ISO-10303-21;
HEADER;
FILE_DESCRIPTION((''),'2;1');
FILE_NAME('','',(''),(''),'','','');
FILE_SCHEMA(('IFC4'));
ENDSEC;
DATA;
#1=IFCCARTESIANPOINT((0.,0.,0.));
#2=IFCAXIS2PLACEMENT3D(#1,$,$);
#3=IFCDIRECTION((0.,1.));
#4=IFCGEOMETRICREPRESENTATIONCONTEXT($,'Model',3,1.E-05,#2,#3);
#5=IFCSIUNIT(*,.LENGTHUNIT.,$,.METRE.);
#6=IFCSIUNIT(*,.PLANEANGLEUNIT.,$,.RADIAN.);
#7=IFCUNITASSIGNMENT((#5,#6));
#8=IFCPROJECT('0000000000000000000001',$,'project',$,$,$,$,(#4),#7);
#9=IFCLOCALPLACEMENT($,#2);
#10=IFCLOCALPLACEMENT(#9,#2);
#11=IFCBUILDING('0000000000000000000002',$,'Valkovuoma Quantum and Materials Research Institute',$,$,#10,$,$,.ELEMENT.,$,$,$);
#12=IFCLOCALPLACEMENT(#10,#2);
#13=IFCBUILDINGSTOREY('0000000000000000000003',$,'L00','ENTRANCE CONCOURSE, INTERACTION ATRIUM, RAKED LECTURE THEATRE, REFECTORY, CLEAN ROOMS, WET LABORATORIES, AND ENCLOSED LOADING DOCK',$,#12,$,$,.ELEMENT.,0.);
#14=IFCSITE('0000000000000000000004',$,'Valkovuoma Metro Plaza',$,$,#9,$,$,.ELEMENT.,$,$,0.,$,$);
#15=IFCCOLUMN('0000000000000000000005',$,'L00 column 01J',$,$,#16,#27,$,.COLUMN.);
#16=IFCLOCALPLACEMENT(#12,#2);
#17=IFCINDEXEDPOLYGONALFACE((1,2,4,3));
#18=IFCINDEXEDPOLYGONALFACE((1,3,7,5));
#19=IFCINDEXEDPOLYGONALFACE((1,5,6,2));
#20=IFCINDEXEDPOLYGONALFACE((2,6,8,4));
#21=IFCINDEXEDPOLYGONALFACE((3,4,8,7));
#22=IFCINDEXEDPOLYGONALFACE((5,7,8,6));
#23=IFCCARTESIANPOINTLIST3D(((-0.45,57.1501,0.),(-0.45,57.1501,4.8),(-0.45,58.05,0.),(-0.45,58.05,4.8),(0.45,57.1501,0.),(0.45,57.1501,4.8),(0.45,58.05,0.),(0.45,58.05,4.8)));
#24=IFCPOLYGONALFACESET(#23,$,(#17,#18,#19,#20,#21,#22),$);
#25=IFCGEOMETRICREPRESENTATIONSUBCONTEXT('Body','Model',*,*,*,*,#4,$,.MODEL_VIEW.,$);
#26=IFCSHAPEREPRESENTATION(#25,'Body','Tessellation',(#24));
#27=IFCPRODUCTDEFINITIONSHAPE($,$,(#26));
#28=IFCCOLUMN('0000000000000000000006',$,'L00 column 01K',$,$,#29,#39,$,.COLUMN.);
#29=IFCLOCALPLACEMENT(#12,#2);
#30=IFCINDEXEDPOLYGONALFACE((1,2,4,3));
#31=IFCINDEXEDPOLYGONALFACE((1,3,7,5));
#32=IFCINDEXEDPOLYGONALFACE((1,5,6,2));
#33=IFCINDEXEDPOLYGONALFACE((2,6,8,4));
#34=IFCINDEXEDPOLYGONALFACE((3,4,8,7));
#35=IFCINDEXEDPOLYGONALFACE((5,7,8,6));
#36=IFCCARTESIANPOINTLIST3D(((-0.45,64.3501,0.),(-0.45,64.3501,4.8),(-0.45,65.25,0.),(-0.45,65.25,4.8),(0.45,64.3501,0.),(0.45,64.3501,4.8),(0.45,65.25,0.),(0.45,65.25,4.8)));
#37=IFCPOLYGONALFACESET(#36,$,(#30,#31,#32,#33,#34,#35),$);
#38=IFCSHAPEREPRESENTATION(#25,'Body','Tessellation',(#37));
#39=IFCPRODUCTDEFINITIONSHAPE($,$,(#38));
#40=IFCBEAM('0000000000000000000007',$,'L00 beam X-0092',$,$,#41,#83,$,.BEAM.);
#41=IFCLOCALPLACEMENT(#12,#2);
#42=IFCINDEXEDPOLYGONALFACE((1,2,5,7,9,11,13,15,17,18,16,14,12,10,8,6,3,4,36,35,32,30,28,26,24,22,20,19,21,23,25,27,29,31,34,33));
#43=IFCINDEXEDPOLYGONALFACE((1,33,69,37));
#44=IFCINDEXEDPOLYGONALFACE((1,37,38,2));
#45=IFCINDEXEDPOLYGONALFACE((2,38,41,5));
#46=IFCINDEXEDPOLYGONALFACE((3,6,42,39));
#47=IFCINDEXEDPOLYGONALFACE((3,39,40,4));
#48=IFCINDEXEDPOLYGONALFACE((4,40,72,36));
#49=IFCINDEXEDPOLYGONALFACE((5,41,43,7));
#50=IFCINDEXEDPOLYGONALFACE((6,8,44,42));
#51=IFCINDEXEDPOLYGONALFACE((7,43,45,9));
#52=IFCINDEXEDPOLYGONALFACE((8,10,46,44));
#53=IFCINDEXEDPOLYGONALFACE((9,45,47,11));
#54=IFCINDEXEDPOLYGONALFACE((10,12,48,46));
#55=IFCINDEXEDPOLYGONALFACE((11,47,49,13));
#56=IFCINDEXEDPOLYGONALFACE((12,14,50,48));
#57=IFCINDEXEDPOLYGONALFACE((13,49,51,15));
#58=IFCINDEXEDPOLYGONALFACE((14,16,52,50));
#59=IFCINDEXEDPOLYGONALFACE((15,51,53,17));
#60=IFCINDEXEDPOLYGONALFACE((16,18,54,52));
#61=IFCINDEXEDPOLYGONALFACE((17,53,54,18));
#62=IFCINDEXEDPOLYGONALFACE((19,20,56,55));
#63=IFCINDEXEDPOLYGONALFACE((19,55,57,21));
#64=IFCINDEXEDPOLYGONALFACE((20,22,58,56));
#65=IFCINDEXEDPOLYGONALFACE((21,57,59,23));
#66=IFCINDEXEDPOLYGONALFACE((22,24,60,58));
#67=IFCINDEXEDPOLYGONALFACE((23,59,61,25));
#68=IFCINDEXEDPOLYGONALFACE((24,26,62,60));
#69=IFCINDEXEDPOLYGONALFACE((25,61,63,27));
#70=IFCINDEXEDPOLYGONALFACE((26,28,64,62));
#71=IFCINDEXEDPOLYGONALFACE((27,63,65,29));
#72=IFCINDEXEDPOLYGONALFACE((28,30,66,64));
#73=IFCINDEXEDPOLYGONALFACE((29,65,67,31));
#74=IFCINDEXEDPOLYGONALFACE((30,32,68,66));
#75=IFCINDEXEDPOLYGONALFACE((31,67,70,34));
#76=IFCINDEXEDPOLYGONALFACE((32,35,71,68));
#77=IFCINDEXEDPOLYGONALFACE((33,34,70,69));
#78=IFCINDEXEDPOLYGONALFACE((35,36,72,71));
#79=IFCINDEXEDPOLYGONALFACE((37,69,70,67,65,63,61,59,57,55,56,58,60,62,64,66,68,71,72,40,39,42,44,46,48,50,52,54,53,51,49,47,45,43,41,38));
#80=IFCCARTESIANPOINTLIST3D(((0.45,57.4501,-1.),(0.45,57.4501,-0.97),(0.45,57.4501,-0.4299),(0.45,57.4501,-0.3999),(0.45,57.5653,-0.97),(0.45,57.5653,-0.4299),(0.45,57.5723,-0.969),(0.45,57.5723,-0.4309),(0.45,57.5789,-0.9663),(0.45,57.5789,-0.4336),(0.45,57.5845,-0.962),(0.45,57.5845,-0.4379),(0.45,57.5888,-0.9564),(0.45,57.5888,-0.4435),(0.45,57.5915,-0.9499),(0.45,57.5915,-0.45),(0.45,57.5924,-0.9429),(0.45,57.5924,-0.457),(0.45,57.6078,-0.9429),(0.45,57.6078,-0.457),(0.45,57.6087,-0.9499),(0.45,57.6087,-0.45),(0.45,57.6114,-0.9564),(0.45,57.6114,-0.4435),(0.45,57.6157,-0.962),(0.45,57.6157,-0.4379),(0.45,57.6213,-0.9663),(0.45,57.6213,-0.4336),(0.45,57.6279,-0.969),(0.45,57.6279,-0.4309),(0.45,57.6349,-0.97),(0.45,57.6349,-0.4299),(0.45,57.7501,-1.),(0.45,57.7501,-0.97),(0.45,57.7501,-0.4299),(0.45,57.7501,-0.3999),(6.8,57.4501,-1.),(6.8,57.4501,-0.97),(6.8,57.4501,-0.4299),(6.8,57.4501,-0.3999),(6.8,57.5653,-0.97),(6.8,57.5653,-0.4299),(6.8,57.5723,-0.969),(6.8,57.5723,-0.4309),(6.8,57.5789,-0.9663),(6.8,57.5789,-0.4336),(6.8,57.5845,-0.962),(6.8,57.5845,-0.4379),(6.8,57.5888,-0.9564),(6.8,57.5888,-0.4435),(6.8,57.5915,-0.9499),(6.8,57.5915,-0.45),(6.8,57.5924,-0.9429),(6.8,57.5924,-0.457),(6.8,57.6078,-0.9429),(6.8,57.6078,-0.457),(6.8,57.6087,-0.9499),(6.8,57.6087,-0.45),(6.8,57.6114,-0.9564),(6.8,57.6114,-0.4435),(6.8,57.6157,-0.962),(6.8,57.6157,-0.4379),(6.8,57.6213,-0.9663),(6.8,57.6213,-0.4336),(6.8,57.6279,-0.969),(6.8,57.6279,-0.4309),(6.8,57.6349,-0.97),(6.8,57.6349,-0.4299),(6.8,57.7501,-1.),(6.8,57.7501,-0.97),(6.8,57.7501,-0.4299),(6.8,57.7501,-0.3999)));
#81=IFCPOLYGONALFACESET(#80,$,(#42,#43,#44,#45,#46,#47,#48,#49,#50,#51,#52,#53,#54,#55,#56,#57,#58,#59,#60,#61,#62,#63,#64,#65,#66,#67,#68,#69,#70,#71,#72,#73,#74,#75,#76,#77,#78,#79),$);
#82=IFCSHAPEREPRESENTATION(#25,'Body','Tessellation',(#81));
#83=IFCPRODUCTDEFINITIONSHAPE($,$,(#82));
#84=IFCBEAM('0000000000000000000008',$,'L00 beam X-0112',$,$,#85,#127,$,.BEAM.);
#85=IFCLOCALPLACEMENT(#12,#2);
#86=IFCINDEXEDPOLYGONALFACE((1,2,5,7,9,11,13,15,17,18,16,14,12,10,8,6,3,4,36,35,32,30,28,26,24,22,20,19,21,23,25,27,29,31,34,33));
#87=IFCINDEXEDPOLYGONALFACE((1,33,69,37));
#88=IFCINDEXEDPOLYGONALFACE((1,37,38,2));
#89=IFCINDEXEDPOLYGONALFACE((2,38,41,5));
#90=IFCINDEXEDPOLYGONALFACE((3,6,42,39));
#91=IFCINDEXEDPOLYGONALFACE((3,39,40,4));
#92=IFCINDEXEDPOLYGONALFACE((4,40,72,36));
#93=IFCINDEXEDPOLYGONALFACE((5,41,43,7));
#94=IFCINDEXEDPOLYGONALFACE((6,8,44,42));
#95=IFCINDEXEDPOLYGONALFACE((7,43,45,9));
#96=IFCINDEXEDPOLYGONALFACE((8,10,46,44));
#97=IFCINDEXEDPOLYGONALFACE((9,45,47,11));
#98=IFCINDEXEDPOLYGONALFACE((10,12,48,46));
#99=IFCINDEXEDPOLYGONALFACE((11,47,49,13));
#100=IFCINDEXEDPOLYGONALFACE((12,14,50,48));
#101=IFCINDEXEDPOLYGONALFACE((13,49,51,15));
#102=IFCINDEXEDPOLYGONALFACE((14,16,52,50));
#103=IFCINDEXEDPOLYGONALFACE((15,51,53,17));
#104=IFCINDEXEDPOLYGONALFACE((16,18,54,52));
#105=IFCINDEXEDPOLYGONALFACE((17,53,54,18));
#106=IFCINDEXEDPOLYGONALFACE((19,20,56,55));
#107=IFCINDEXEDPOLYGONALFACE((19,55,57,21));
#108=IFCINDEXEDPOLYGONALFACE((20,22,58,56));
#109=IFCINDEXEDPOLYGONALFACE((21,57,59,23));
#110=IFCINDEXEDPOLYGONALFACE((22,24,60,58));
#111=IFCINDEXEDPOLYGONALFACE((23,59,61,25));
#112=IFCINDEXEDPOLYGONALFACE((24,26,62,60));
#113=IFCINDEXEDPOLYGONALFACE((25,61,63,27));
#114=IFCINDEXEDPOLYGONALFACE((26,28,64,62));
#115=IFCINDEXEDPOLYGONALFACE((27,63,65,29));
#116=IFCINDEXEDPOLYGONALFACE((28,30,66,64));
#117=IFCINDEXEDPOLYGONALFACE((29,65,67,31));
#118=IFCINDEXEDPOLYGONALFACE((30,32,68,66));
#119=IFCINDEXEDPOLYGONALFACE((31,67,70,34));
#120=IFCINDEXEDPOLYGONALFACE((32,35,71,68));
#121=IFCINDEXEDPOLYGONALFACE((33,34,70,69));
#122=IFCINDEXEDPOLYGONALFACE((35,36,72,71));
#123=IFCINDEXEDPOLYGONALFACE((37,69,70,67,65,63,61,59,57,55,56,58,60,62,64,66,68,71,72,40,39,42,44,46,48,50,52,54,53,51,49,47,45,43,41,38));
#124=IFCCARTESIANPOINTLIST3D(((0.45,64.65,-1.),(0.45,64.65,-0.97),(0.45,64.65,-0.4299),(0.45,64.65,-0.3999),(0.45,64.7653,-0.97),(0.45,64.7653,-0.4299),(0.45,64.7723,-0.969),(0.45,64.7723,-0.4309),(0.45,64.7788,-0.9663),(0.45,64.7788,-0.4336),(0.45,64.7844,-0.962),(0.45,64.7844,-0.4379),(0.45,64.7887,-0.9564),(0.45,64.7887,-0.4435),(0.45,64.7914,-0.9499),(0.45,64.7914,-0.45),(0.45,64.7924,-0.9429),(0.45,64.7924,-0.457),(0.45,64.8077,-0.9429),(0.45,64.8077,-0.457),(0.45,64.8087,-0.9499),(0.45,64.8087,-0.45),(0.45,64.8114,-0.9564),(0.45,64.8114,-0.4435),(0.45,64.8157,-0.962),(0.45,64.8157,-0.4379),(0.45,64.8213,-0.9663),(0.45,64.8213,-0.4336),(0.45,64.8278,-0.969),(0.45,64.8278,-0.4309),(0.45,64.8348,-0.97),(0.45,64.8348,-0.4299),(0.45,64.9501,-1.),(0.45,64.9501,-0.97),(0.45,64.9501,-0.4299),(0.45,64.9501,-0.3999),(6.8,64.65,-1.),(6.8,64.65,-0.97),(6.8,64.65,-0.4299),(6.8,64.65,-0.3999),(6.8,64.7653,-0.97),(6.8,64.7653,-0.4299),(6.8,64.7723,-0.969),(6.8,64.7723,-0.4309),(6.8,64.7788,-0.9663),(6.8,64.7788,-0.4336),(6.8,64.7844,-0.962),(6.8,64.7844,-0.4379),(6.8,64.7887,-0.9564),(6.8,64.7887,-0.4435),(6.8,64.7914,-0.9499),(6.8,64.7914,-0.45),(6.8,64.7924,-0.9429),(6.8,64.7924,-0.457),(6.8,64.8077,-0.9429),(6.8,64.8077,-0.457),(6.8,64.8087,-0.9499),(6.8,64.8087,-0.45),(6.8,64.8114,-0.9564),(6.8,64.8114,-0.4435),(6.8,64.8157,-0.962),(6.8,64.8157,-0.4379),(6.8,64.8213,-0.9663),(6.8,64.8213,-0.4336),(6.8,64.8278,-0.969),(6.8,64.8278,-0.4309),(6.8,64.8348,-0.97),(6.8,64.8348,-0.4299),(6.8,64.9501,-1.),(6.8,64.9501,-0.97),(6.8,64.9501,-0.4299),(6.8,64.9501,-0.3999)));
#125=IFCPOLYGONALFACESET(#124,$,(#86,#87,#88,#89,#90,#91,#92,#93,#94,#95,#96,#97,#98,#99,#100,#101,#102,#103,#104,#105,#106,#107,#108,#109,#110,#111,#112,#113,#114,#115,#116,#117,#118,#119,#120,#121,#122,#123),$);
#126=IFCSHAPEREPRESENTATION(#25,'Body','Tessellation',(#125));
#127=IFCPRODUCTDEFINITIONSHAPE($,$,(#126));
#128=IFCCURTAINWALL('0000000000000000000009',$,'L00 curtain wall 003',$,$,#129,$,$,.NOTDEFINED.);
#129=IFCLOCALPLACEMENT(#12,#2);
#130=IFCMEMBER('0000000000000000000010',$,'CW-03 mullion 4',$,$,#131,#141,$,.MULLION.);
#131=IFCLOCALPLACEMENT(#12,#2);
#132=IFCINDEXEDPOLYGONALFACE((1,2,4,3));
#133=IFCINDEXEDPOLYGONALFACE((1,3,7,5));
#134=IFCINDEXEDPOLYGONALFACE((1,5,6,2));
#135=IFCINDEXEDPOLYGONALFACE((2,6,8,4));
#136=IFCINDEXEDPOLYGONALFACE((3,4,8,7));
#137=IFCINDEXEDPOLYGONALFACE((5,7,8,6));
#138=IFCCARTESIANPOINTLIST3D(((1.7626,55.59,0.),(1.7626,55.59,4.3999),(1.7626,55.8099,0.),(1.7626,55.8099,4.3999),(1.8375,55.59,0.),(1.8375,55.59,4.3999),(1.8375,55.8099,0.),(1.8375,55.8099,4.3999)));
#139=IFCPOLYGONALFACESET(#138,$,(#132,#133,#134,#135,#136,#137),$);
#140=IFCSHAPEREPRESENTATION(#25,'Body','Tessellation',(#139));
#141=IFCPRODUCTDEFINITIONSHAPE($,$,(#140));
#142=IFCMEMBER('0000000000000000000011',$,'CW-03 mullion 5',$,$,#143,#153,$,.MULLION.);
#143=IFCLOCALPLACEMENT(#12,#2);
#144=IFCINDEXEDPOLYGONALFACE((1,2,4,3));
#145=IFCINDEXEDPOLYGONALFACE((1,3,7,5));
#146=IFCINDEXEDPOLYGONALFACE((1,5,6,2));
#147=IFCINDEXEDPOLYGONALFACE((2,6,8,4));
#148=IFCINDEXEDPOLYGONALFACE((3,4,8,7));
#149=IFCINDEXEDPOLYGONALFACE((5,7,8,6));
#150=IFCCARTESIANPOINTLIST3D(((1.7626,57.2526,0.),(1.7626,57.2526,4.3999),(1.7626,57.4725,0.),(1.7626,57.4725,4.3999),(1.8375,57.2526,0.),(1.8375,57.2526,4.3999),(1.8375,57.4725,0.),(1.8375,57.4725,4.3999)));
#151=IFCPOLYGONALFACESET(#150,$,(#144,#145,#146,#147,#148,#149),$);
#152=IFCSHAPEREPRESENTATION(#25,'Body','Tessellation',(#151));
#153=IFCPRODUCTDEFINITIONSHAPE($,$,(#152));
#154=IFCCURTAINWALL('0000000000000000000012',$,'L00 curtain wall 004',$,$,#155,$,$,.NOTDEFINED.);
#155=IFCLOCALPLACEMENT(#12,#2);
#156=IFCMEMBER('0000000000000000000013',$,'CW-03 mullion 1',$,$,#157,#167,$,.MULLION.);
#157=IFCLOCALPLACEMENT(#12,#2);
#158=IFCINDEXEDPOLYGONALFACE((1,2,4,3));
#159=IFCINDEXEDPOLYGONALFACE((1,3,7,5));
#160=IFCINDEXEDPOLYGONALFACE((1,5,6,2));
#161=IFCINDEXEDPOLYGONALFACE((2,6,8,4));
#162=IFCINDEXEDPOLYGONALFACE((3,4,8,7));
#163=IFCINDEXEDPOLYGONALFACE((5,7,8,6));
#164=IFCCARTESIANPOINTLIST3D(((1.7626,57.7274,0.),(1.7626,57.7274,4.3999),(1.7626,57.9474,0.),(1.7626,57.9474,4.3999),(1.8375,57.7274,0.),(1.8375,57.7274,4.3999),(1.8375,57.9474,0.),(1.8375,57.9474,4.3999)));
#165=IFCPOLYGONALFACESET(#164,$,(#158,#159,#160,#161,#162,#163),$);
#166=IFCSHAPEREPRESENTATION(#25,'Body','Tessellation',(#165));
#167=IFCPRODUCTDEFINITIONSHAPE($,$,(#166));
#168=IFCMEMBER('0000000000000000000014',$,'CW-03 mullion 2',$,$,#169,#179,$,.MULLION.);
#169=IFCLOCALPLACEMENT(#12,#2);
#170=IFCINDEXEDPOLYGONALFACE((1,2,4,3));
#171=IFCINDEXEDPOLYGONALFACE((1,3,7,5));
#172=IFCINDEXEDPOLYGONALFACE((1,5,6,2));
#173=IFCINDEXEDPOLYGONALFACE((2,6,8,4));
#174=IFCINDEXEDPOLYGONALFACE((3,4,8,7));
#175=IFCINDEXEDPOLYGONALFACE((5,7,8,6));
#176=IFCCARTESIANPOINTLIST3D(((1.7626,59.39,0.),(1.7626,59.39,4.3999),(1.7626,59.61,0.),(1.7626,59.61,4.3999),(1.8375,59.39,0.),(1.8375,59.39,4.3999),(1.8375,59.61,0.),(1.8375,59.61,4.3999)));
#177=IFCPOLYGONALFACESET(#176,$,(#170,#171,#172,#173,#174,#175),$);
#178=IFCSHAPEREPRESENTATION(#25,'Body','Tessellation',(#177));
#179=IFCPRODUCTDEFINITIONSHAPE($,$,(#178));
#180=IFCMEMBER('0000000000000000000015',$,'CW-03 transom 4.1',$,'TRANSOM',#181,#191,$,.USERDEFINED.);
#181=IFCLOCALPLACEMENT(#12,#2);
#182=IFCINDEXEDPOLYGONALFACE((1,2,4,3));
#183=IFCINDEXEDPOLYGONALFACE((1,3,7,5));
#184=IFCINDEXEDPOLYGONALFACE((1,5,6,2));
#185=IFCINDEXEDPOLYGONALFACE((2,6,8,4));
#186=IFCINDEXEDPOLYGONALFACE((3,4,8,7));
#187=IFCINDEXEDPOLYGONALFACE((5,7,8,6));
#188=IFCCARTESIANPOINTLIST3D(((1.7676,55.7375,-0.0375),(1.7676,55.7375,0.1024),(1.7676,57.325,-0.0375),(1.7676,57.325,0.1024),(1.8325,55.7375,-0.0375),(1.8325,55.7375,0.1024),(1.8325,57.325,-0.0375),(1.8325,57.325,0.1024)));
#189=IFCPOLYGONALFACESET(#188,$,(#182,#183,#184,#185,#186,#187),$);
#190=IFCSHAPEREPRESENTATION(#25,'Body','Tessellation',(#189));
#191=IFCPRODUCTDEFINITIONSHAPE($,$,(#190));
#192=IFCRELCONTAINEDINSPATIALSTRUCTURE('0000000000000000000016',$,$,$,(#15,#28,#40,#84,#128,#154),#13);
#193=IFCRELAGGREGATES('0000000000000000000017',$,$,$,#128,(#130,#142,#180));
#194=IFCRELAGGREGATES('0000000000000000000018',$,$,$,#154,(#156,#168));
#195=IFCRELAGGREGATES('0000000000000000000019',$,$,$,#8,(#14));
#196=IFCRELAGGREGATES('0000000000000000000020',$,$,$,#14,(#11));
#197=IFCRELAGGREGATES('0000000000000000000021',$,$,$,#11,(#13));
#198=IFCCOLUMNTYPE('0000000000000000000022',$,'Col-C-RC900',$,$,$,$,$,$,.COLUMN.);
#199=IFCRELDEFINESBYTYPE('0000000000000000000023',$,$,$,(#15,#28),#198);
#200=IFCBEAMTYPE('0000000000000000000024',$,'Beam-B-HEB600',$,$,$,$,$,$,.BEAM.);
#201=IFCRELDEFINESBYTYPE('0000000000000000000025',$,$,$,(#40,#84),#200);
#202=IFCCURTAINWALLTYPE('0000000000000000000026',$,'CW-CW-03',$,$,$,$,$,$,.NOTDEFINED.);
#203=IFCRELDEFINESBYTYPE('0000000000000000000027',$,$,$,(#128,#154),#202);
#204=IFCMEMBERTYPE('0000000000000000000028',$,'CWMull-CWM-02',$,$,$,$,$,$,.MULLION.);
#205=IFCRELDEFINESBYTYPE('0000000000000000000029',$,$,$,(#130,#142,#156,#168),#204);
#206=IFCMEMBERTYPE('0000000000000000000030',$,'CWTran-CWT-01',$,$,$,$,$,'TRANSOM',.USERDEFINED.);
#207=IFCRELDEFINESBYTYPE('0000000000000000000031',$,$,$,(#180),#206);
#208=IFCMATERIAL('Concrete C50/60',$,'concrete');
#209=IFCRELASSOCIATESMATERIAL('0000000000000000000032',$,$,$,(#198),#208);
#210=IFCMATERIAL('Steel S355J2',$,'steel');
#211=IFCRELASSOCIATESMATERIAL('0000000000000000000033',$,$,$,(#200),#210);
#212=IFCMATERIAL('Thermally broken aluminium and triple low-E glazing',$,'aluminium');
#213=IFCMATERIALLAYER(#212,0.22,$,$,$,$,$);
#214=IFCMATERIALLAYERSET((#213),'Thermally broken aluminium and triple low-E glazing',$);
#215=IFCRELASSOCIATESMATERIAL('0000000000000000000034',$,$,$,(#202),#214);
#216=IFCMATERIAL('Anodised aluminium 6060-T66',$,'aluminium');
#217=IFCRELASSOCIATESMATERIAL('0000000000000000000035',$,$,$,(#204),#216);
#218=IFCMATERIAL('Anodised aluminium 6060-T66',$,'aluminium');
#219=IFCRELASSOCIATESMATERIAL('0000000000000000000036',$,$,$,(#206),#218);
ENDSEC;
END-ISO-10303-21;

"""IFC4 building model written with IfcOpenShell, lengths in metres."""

from ifc_helpers import new_model, si_unit, direction, frame, origin, origin_2d, place, context, subcontext, project, spatial, rectangle, i_section, extrude, material, layer, layer_set, material_profile, profile_set, type_object, element, aggregate, save


model = new_model("IFC4")

# Units and contexts
model_context = context("Model", 3, precision=1e-05, world=origin(), true_north=direction((0.0, 1.0)))
body_context = subcontext(model_context, "Body", "Model", "MODEL_VIEW")
ifc_project = project(units=[si_unit("LENGTHUNIT", "METRE"), si_unit("PLANEANGLEUNIT", "RADIAN")], contexts=[model_context])

# Site, building, storey
site_placement = place(None, origin())
site = spatial("IfcSite", under=ifc_project, at=site_placement, Name="Valkovuoma Metro Plaza", CompositionType="ELEMENT", RefElevation=0.0)
building_placement = place(site_placement, origin())
building = spatial("IfcBuilding", under=site, at=building_placement, Name="Valkovuoma Quantum and Materials Research Institute", CompositionType="ELEMENT")
storey_placement = place(building_placement, origin())
storey = spatial("IfcBuildingStorey", under=building, at=storey_placement, Name="L00", Description="ENTRANCE CONCOURSE, INTERACTION ATRIUM, RAKED LECTURE THEATRE, REFECTORY, CLEAN ROOMS, WET LABORATORIES, AND ENCLOSED LOADING DOCK", CompositionType="ELEMENT", Elevation=0.0)

# Columns
ifc_material_1 = material(Name="Concrete C50/60", Category="concrete")
ifc_material_profile_1 = material_profile(ifc_material_1, rectangle(XDim=0.8999, YDim=0.8999, at=origin_2d()), Name="Concrete C50/60")
ifc_profile_set_1 = profile_set([ifc_material_profile_1], Name="Concrete C50/60")
column_type = type_object("IfcColumnType", Name="Col-C-RC900", PredefinedType="COLUMN", material=ifc_profile_set_1)
for number, where, z_axis, x_axis, name in (
    (1, (0.0, 57.6001, 0.0), (0.0, 0.0, 1.0), (1.0, 0.0, 0.0), "L00 column 01J"),
    (2, (0.0, 64.8, 0.0), (0.0, 0.0, 1.0), (1.0, 0.0, 0.0), "L00 column 01K"),
):
    element("IfcColumn", number, at=place(storey_placement, frame(where, z_axis=z_axis, x_axis=x_axis)), inside=storey, type_object=column_type, Name=name, PredefinedType="COLUMN", context=body_context, shape_type="SweptSolid", body=[
        extrude(rectangle(XDim=0.8999, YDim=0.8999, at=origin_2d()), origin(), (0.0, 0.0, 1.0), 4.8),
    ])

# Beams
ifc_material_2 = material(Name="Steel S355J2", Category="steel")
ifc_material_profile_2 = material_profile(ifc_material_2, i_section(OverallWidth=0.3, OverallDepth=0.6001, WebThickness=0.0154, FlangeThickness=0.03, FilletRadius=0.0271, at=origin_2d()), Name="Steel S355J2")
ifc_profile_set_2 = profile_set([ifc_material_profile_2], Name="Steel S355J2")
beam_type = type_object("IfcBeamType", Name="Beam-B-HEB600", PredefinedType="BEAM", material=ifc_profile_set_2)
for number, where, z_axis, x_axis, name in (
    (3, (0.45, 57.6001, -0.7), (1.0, 0.0, 0.0), (0.0, 1.0, 0.0), "L00 beam X-0092"),
    (4, (0.45, 64.8, -0.7), (1.0, 0.0, 0.0), (0.0, 1.0, 0.0), "L00 beam X-0112"),
):
    element("IfcBeam", number, at=place(storey_placement, frame(where, z_axis=z_axis, x_axis=x_axis)), inside=storey, type_object=beam_type, Name=name, PredefinedType="BEAM", context=body_context, shape_type="SweptSolid", body=[
        extrude(i_section(OverallWidth=0.3, OverallDepth=0.6001, WebThickness=0.0154, FlangeThickness=0.03, FilletRadius=0.0271, at=origin_2d()), origin(), (0.0, 0.0, 1.0), 6.3501),
    ])

# Curtain walls, members
ifc_material_3 = material(Name="Thermally broken aluminium and triple low-E glazing", Category="aluminium")
ifc_layer_1 = layer(ifc_material_3, 0.22)
ifc_layer_set_1 = layer_set([ifc_layer_1], Name="Thermally broken aluminium and triple low-E glazing")
curtain_wall_type = type_object("IfcCurtainWallType", Name="CW-CW-03", PredefinedType="NOTDEFINED", material=ifc_layer_set_1)
curtain_wall_1_placement = place(storey_placement, origin())
curtain_wall_1 = element("IfcCurtainWall", 5, at=curtain_wall_1_placement, inside=storey, type_object=curtain_wall_type, Name="L00 curtain wall 003", PredefinedType="NOTDEFINED")
ifc_material_4 = material(Name="Anodised aluminium 6060-T66", Category="aluminium")
ifc_material_profile_3 = material_profile(ifc_material_4, rectangle(XDim=0.075, YDim=0.22, at=origin_2d()), Name="Anodised aluminium 6060-T66")
ifc_profile_set_3 = profile_set([ifc_material_profile_3], Name="Anodised aluminium 6060-T66")
member_type_1 = type_object("IfcMemberType", Name="CWMull-CWM-02", PredefinedType="MULLION", material=ifc_profile_set_3)
member_1_placement = place(storey_placement, frame((1.8, 55.7, 0.0), z_axis=(0.0, 0.0, 1.0), x_axis=(-1.0, 0.0, 0.0)))
member_1 = element("IfcMember", 6, at=member_1_placement, type_object=member_type_1, Name="CW-03 mullion 4", PredefinedType="MULLION", context=body_context, shape_type="SweptSolid", body=[
    extrude(rectangle(XDim=0.075, YDim=0.22, at=origin_2d()), origin(), (0.0, 0.0, 1.0), 4.3999),
])
member_2_placement = place(storey_placement, frame((1.8, 57.3625, 0.0), z_axis=(0.0, 0.0, 1.0), x_axis=(-1.0, 0.0, 0.0)))
member_2 = element("IfcMember", 7, at=member_2_placement, type_object=member_type_1, Name="CW-03 mullion 5", PredefinedType="MULLION", context=body_context, shape_type="SweptSolid", body=[
    extrude(rectangle(XDim=0.075, YDim=0.22, at=origin_2d()), origin(), (0.0, 0.0, 1.0), 4.3999),
])
curtain_wall_2_placement = place(storey_placement, origin())
curtain_wall_2 = element("IfcCurtainWall", 8, at=curtain_wall_2_placement, inside=storey, type_object=curtain_wall_type, Name="L00 curtain wall 004", PredefinedType="NOTDEFINED")
member_3_placement = place(storey_placement, frame((1.8, 57.8374, 0.0), z_axis=(0.0, 0.0, 1.0), x_axis=(-1.0, 0.0, 0.0)))
member_3 = element("IfcMember", 9, at=member_3_placement, type_object=member_type_1, Name="CW-03 mullion 1", PredefinedType="MULLION", context=body_context, shape_type="SweptSolid", body=[
    extrude(rectangle(XDim=0.075, YDim=0.22, at=origin_2d()), origin(), (0.0, 0.0, 1.0), 4.3999),
])
member_4_placement = place(storey_placement, frame((1.8, 59.5, 0.0), z_axis=(0.0, 0.0, 1.0), x_axis=(-1.0, 0.0, 0.0)))
member_4 = element("IfcMember", 10, at=member_4_placement, type_object=member_type_1, Name="CW-03 mullion 2", PredefinedType="MULLION", context=body_context, shape_type="SweptSolid", body=[
    extrude(rectangle(XDim=0.075, YDim=0.22, at=origin_2d()), origin(), (0.0, 0.0, 1.0), 4.3999),
])

# Member
ifc_material_5 = material(Name="Anodised aluminium 6060-T66", Category="aluminium")
ifc_material_profile_4 = material_profile(ifc_material_5, rectangle(XDim=0.0649, YDim=0.1399, at=origin_2d()), Name="Anodised aluminium 6060-T66")
ifc_profile_set_4 = profile_set([ifc_material_profile_4], Name="Anodised aluminium 6060-T66")
member_type_2 = type_object("IfcMemberType", Name="CWTran-CWT-01", ElementType="TRANSOM", PredefinedType="USERDEFINED", material=ifc_profile_set_4)
member_5_placement = place(storey_placement, frame((1.8, 55.7375, 0.0325), z_axis=(0.0, 1.0, 0.0), x_axis=(-1.0, 0.0, 0.0)))
member_5 = element("IfcMember", 11, at=member_5_placement, type_object=member_type_2, Name="CW-03 transom 4.1", ObjectType="TRANSOM", PredefinedType="USERDEFINED", context=body_context, shape_type="SweptSolid", body=[
    extrude(rectangle(XDim=0.0649, YDim=0.1399, at=origin_2d()), origin(), (0.0, 0.0, 1.0), 1.5874),
])

aggregate(curtain_wall_1, [member_1, member_2, member_5])
aggregate(curtain_wall_2, [member_3, member_4])

save(model, "model.ifc")
